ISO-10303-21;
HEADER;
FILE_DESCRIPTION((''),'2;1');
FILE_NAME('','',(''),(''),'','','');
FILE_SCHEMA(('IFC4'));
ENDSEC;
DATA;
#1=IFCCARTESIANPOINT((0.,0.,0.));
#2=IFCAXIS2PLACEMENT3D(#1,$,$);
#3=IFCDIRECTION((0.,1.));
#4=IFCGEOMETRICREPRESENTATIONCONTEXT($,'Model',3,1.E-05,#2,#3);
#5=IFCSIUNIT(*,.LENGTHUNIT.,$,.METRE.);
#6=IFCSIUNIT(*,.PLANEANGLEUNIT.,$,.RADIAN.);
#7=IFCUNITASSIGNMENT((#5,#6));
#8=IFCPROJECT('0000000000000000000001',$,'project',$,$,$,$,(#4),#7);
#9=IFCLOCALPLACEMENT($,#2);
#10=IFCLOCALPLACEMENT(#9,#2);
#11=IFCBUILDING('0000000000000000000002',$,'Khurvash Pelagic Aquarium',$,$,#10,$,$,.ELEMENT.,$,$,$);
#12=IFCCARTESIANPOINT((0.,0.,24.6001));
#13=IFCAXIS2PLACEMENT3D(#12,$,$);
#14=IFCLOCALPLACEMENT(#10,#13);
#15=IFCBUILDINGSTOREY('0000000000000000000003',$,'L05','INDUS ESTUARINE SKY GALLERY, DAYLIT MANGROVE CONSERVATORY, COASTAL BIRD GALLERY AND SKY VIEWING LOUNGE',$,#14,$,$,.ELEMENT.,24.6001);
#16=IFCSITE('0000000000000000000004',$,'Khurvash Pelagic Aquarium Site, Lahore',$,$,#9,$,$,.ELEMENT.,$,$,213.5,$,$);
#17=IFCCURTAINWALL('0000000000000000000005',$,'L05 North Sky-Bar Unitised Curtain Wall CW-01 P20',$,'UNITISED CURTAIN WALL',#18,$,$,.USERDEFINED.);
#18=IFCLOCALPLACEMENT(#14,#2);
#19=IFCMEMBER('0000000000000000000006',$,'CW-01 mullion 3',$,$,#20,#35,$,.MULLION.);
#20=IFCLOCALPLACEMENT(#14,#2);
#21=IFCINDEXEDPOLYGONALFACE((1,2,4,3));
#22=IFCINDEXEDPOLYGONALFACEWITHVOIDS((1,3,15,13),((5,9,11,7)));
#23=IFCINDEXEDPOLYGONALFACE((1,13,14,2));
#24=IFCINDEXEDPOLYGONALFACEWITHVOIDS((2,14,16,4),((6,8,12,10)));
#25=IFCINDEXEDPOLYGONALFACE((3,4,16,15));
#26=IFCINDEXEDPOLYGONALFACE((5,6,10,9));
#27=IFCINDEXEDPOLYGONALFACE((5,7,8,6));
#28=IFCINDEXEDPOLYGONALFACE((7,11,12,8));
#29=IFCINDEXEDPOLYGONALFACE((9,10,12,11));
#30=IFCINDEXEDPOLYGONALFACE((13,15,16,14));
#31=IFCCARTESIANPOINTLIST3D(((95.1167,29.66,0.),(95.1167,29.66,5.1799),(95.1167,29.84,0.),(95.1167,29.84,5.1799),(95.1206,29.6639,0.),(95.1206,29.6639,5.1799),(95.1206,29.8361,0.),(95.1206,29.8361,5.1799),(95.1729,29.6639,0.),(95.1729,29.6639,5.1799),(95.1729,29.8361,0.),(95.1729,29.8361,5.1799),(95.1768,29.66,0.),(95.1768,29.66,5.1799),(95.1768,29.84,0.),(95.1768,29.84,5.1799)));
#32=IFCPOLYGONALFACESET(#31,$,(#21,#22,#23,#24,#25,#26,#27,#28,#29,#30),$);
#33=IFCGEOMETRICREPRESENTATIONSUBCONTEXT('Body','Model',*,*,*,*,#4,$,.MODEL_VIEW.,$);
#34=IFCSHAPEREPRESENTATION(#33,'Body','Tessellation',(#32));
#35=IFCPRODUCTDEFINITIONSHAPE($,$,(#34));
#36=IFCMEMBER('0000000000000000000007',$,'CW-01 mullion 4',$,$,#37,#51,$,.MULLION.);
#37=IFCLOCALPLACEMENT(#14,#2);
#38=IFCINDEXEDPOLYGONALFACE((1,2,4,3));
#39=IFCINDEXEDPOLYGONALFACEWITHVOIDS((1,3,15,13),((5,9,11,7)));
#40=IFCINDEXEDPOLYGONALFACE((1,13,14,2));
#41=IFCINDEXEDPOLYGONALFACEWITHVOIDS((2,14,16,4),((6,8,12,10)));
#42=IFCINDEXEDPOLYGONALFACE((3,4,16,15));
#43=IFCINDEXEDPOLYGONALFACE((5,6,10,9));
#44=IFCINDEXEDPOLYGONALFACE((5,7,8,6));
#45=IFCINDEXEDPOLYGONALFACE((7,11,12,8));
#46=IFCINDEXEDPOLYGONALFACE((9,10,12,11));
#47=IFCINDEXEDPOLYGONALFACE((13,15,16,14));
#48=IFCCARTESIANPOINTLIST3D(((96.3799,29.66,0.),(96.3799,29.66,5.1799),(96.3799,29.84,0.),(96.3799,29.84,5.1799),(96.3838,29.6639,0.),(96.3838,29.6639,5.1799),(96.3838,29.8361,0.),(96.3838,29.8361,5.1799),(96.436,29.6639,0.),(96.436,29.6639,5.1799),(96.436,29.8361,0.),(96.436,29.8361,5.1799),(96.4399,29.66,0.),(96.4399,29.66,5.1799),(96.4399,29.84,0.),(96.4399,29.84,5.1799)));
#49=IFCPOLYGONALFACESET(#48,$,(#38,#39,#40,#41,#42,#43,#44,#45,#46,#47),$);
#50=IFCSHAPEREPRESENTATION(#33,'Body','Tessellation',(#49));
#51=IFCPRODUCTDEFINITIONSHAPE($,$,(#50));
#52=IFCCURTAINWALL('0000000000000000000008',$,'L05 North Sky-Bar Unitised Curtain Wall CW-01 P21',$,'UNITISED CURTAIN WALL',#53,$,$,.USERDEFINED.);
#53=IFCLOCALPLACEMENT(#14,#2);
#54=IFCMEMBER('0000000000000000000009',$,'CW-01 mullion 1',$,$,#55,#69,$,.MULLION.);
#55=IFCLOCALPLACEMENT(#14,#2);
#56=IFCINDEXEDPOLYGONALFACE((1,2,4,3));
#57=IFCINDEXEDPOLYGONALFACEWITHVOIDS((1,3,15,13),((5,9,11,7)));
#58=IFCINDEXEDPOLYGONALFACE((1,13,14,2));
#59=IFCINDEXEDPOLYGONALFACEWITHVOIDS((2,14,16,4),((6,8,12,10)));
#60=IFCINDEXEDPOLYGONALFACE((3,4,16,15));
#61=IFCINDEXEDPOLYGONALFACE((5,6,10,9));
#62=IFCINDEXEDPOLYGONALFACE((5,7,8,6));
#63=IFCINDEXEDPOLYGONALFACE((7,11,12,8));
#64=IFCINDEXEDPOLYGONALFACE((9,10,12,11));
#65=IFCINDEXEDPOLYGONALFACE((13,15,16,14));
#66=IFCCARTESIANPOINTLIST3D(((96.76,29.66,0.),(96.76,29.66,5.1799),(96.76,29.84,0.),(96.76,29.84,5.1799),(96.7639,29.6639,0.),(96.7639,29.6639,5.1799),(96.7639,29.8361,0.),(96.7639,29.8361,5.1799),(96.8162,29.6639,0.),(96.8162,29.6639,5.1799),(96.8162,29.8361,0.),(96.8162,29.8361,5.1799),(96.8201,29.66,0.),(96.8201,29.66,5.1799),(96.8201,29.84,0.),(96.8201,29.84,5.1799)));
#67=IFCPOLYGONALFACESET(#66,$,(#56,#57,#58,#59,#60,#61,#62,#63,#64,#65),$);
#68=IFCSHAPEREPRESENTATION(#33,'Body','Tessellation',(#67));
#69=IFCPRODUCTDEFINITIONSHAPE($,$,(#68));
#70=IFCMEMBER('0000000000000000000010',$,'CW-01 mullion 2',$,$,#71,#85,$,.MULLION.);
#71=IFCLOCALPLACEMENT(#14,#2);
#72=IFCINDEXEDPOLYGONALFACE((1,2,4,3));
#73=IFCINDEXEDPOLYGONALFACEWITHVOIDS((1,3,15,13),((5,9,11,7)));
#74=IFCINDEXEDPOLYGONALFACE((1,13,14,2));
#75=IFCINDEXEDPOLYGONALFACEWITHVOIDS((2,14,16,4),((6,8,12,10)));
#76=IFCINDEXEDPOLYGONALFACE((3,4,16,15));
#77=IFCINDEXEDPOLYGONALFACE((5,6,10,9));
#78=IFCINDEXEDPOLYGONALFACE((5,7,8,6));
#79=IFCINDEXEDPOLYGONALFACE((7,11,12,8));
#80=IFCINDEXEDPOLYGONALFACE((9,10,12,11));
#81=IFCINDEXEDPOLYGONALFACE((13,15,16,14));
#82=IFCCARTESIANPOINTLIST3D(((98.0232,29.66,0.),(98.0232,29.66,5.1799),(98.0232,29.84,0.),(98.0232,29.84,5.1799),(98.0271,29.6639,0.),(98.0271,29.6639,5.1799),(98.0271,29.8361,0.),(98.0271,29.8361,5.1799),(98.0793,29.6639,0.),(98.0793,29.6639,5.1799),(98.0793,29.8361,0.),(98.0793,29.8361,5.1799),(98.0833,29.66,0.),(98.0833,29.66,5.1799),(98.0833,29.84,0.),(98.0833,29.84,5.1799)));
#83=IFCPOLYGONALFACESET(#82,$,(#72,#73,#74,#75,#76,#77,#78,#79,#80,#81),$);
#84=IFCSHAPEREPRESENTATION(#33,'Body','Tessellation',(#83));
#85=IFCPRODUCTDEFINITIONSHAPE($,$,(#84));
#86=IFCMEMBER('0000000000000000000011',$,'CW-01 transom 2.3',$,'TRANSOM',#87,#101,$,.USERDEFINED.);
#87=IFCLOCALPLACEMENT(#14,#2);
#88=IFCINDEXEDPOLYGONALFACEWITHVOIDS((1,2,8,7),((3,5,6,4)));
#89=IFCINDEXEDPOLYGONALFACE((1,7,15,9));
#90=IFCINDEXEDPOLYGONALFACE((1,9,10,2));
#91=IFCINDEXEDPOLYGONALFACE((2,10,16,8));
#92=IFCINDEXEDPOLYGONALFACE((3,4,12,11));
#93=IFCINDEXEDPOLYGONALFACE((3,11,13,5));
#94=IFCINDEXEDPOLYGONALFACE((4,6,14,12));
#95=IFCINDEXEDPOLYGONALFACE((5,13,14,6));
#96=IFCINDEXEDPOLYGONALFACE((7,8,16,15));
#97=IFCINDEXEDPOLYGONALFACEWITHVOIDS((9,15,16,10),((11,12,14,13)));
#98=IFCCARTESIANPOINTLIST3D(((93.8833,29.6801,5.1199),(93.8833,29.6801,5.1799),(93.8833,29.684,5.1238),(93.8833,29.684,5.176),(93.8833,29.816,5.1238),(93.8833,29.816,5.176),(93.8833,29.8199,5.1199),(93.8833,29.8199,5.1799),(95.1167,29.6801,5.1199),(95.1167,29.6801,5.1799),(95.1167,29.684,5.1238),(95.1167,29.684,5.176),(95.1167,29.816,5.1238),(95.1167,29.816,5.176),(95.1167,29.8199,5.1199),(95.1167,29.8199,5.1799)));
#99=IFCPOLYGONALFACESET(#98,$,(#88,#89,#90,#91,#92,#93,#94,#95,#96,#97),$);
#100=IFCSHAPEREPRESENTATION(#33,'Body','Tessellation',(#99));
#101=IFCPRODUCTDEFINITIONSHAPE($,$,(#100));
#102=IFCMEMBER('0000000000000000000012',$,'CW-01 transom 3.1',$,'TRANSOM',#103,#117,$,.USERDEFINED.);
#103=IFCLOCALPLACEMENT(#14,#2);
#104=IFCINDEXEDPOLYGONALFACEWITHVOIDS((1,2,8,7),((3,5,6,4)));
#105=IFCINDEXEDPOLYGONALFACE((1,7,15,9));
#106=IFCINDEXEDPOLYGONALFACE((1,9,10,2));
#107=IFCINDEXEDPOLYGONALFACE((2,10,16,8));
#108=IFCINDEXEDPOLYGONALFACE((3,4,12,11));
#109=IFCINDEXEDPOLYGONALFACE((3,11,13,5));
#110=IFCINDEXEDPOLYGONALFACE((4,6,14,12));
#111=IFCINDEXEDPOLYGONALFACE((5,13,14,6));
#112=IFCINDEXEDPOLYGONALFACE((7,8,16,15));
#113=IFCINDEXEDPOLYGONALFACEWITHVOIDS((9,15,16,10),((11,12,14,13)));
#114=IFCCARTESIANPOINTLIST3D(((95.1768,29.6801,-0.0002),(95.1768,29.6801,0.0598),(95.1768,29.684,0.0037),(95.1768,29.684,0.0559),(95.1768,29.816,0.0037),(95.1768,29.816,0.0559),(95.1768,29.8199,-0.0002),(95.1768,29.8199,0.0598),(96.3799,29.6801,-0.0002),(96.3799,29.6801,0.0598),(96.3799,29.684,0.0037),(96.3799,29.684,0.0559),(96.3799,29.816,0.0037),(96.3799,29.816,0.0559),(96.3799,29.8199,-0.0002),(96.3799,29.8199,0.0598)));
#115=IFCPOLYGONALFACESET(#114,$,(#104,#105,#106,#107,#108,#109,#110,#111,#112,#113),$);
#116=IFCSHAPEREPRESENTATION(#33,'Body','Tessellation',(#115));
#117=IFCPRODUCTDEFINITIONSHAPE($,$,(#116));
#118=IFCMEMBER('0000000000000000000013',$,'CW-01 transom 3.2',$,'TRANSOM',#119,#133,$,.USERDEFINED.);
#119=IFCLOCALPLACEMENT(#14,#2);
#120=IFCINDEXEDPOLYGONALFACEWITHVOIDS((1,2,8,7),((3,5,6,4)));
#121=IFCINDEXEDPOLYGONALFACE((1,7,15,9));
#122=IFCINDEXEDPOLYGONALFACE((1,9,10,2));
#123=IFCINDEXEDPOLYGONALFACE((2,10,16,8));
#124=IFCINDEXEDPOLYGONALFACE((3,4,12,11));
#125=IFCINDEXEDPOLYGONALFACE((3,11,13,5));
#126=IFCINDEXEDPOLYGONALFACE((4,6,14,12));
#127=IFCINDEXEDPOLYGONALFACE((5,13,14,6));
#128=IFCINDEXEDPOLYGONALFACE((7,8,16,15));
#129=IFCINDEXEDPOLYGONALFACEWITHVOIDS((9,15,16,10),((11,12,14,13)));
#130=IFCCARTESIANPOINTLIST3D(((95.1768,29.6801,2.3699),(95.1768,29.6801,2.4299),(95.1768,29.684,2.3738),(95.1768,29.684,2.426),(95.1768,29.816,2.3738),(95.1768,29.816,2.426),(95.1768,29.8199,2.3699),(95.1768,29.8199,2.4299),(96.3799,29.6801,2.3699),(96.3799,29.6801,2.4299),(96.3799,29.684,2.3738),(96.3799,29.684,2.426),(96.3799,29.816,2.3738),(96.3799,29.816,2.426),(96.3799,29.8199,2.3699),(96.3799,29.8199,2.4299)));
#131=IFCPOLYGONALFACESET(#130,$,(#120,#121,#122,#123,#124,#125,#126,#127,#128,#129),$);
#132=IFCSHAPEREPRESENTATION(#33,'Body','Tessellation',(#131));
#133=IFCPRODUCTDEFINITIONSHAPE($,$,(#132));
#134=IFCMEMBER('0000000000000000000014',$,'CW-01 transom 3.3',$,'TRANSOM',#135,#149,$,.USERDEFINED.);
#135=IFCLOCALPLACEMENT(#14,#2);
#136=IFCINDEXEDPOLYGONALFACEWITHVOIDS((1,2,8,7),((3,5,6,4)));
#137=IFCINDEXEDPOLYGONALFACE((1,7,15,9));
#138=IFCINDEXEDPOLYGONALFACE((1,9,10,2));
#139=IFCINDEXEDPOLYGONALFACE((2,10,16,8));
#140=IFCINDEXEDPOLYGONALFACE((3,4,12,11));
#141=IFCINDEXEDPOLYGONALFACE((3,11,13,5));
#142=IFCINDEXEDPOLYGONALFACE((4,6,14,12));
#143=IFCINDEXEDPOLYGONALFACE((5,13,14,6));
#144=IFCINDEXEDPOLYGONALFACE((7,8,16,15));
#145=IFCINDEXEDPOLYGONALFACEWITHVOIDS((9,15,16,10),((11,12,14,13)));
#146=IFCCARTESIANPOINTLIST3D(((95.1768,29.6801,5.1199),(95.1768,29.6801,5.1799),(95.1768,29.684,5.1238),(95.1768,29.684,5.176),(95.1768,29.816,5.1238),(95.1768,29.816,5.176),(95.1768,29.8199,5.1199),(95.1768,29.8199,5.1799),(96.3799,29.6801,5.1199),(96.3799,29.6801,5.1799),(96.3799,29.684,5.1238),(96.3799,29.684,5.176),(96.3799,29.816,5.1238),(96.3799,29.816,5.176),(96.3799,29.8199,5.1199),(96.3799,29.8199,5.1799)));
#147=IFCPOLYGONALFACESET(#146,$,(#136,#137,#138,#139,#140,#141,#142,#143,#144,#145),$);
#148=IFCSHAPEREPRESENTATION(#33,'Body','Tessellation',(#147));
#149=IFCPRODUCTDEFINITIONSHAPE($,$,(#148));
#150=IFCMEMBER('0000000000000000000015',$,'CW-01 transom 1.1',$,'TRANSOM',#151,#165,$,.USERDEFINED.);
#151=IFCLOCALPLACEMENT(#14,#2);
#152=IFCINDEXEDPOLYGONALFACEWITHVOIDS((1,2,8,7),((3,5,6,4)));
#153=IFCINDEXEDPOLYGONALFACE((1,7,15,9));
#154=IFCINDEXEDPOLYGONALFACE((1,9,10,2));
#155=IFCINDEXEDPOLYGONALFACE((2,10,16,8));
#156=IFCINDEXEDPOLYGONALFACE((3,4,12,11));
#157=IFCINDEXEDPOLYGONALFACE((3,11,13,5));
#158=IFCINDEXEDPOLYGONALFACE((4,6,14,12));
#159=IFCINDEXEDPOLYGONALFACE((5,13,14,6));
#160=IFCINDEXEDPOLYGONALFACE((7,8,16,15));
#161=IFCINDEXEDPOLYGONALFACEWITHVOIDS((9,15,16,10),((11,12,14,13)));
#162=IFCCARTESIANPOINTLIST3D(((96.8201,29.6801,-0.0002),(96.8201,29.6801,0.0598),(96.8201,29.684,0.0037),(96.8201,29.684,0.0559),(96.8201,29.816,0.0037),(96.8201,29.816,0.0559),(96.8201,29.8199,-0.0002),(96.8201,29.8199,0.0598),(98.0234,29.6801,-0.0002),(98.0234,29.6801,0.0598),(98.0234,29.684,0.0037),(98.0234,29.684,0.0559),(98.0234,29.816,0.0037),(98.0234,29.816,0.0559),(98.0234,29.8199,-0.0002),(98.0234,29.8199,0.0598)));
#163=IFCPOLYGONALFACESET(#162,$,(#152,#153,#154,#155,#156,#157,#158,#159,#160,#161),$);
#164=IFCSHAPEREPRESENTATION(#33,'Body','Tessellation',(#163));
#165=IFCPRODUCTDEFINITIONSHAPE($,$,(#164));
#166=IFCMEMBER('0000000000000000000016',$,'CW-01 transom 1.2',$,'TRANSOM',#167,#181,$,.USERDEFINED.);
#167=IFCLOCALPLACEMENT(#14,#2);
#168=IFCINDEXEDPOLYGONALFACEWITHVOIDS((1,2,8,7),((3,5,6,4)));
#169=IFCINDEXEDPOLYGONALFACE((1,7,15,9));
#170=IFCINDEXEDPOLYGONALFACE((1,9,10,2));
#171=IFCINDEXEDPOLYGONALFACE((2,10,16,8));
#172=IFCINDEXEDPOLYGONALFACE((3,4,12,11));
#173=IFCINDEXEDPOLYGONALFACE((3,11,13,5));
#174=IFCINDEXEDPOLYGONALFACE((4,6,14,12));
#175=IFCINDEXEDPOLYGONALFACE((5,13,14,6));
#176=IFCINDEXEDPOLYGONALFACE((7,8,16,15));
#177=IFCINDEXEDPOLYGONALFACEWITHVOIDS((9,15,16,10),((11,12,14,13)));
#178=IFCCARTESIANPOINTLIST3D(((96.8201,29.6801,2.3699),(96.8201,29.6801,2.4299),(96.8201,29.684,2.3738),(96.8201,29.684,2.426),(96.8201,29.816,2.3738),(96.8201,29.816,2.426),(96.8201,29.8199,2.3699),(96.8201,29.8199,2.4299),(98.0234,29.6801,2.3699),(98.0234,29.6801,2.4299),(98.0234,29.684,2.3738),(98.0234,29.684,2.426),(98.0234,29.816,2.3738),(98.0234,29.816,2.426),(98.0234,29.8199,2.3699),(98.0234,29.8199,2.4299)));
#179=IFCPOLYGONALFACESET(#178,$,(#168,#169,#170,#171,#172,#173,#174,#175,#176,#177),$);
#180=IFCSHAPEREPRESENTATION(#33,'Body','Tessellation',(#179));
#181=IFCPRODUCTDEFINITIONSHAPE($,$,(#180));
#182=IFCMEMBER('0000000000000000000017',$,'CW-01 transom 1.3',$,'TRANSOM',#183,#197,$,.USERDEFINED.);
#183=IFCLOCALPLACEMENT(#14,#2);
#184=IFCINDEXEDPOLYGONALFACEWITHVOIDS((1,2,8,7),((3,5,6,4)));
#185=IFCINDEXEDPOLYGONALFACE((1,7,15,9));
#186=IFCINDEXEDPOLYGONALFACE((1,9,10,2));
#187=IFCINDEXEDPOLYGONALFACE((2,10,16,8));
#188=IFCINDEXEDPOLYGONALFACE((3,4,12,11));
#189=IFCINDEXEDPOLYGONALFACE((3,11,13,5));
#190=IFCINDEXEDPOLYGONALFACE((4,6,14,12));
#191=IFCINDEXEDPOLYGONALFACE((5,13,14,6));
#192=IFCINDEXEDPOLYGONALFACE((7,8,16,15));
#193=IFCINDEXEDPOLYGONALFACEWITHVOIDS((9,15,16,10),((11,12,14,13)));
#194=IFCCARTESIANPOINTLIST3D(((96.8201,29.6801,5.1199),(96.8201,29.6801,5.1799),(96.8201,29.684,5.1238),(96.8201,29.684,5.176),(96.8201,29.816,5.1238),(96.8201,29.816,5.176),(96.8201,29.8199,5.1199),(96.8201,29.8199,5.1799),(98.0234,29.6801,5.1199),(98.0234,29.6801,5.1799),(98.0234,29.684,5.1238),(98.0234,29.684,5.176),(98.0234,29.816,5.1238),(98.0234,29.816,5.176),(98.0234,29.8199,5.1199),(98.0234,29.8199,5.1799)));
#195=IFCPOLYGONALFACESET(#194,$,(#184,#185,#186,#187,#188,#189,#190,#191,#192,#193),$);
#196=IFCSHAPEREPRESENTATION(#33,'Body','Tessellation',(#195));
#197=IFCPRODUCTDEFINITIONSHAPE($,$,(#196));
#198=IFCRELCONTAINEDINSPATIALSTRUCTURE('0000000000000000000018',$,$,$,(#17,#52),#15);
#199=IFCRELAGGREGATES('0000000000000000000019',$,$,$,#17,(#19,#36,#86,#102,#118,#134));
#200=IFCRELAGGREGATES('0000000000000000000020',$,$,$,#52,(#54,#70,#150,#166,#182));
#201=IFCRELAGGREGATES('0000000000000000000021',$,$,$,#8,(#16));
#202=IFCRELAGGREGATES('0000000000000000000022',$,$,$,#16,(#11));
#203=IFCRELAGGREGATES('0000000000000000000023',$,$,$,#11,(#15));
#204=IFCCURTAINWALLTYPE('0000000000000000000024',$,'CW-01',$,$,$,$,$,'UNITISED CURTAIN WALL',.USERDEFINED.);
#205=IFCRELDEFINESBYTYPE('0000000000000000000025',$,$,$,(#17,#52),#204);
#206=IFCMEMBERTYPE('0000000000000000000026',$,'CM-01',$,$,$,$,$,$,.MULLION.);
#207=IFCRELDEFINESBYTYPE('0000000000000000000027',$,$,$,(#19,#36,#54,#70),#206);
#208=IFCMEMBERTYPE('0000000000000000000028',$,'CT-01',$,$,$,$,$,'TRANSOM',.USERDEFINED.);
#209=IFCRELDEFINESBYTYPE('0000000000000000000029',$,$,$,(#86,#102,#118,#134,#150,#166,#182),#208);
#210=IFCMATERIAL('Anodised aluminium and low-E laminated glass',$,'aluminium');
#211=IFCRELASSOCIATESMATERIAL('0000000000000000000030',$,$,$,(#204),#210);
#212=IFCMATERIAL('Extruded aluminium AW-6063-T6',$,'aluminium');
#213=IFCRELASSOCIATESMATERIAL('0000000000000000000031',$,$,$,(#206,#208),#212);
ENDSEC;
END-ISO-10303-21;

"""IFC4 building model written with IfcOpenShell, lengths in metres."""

from ifc_helpers import new_model, si_unit, direction, frame, origin, origin_2d, place, context, subcontext, project, spatial, hollow_rectangle, extrude, material, material_profile, profile_set, type_object, element, aggregate, save


model = new_model("IFC4")

# Units and contexts
model_context = context("Model", 3, precision=1e-05, world=origin(), true_north=direction((0.0, 1.0)))
body_context = subcontext(model_context, "Body", "Model", "MODEL_VIEW")
ifc_project = project(units=[si_unit("LENGTHUNIT", "METRE"), si_unit("PLANEANGLEUNIT", "RADIAN")], contexts=[model_context])

# Site, building, storey
site_placement = place(None, origin())
site = spatial("IfcSite", under=ifc_project, at=site_placement, Name="Khurvash Pelagic Aquarium Site, Lahore", CompositionType="ELEMENT", RefElevation=213.5)
building_placement = place(site_placement, origin())
building = spatial("IfcBuilding", under=site, at=building_placement, Name="Khurvash Pelagic Aquarium", CompositionType="ELEMENT")
storey_placement = place(building_placement, frame((0.0, 0.0, 24.6001)))
storey = spatial("IfcBuildingStorey", under=building, at=storey_placement, Name="L05", Description="INDUS ESTUARINE SKY GALLERY, DAYLIT MANGROVE CONSERVATORY, COASTAL BIRD GALLERY AND SKY VIEWING LOUNGE", CompositionType="ELEMENT", Elevation=24.6001)

# Curtain walls, members
ifc_material_1 = material(Name="Anodised aluminium and low-E laminated glass", Category="aluminium")
curtain_wall_type = type_object("IfcCurtainWallType", Name="CW-01", ElementType="UNITISED CURTAIN WALL", PredefinedType="USERDEFINED", material=ifc_material_1)
curtain_wall_1_placement = place(storey_placement, origin())
curtain_wall_1 = element("IfcCurtainWall", 1, at=curtain_wall_1_placement, inside=storey, type_object=curtain_wall_type, Name="L05 North Sky-Bar Unitised Curtain Wall CW-01 P20", ObjectType="UNITISED CURTAIN WALL", PredefinedType="USERDEFINED")
ifc_material_2 = material(Name="Extruded aluminium AW-6063-T6", Category="aluminium")
ifc_material_profile_1 = material_profile(ifc_material_2, hollow_rectangle(XDim=0.0601, YDim=0.1799, WallThickness=0.0039, at=origin_2d()), Name="CWM60X180X4")
ifc_profile_set_1 = profile_set([ifc_material_profile_1], Name="Extruded aluminium AW-6063-T6")
member_type_1 = type_object("IfcMemberType", Name="CM-01", PredefinedType="MULLION", material=ifc_profile_set_1)
member_1_placement = place(storey_placement, frame((95.1467, 29.75, 0.0), z_axis=(0.0, 0.0, 1.0), x_axis=(1.0, 0.0, 0.0)))
member_1 = element("IfcMember", 2, at=member_1_placement, type_object=member_type_1, Name="CW-01 mullion 3", PredefinedType="MULLION", context=body_context, shape_type="SweptSolid", body=[
    extrude(hollow_rectangle(XDim=0.0601, YDim=0.1799, WallThickness=0.0039, at=origin_2d()), origin(), (0.0, 0.0, 1.0), 5.1799),
])
member_2_placement = place(storey_placement, frame((96.4099, 29.75, 0.0), z_axis=(0.0, 0.0, 1.0), x_axis=(1.0, 0.0, 0.0)))
member_2 = element("IfcMember", 3, at=member_2_placement, type_object=member_type_1, Name="CW-01 mullion 4", PredefinedType="MULLION", context=body_context, shape_type="SweptSolid", body=[
    extrude(hollow_rectangle(XDim=0.0601, YDim=0.1799, WallThickness=0.0039, at=origin_2d()), origin(), (0.0, 0.0, 1.0), 5.1799),
])
curtain_wall_2_placement = place(storey_placement, origin())
curtain_wall_2 = element("IfcCurtainWall", 4, at=curtain_wall_2_placement, inside=storey, type_object=curtain_wall_type, Name="L05 North Sky-Bar Unitised Curtain Wall CW-01 P21", ObjectType="UNITISED CURTAIN WALL", PredefinedType="USERDEFINED")
member_3_placement = place(storey_placement, frame((96.79, 29.75, 0.0), z_axis=(0.0, 0.0, 1.0), x_axis=(1.0, 0.0, 0.0)))
member_3 = element("IfcMember", 5, at=member_3_placement, type_object=member_type_1, Name="CW-01 mullion 1", PredefinedType="MULLION", context=body_context, shape_type="SweptSolid", body=[
    extrude(hollow_rectangle(XDim=0.0601, YDim=0.1799, WallThickness=0.0039, at=origin_2d()), origin(), (0.0, 0.0, 1.0), 5.1799),
])
member_4_placement = place(storey_placement, frame((98.0532, 29.75, 0.0), z_axis=(0.0, 0.0, 1.0), x_axis=(1.0, 0.0, 0.0)))
member_4 = element("IfcMember", 6, at=member_4_placement, type_object=member_type_1, Name="CW-01 mullion 2", PredefinedType="MULLION", context=body_context, shape_type="SweptSolid", body=[
    extrude(hollow_rectangle(XDim=0.0601, YDim=0.1799, WallThickness=0.0039, at=origin_2d()), origin(), (0.0, 0.0, 1.0), 5.1799),
])

# Members
ifc_material_profile_2 = material_profile(ifc_material_2, hollow_rectangle(XDim=0.1399, YDim=0.0601, WallThickness=0.0039, at=origin_2d()), Name="CWT140X60X4")
ifc_profile_set_2 = profile_set([ifc_material_profile_2], Name="Extruded aluminium AW-6063-T6")
member_type_2 = type_object("IfcMemberType", Name="CT-01", ElementType="TRANSOM", PredefinedType="USERDEFINED", material=ifc_profile_set_2)
member_5_placement = place(storey_placement, frame((93.8833, 29.75, 5.1499), z_axis=(1.0, 0.0, 0.0), x_axis=(0.0, 1.0, 0.0)))
member_5 = element("IfcMember", 7, at=member_5_placement, type_object=member_type_2, Name="CW-01 transom 2.3", ObjectType="TRANSOM", PredefinedType="USERDEFINED", context=body_context, shape_type="SweptSolid", body=[
    extrude(hollow_rectangle(XDim=0.1399, YDim=0.0601, WallThickness=0.0039, at=origin_2d()), origin(), (0.0, 0.0, 1.0), 1.2334),
])
member_6_placement = place(storey_placement, frame((95.1768, 29.75, 0.0298), z_axis=(1.0, 0.0, 0.0), x_axis=(0.0, 1.0, 0.0)))
member_6 = element("IfcMember", 8, at=member_6_placement, type_object=member_type_2, Name="CW-01 transom 3.1", ObjectType="TRANSOM", PredefinedType="USERDEFINED", context=body_context, shape_type="SweptSolid", body=[
    extrude(hollow_rectangle(XDim=0.1399, YDim=0.0601, WallThickness=0.0039, at=origin_2d()), origin(), (0.0, 0.0, 1.0), 1.2031),
])
member_7_placement = place(storey_placement, frame((95.1768, 29.75, 2.3999), z_axis=(1.0, 0.0, 0.0), x_axis=(0.0, 1.0, 0.0)))
member_7 = element("IfcMember", 9, at=member_7_placement, type_object=member_type_2, Name="CW-01 transom 3.2", ObjectType="TRANSOM", PredefinedType="USERDEFINED", context=body_context, shape_type="SweptSolid", body=[
    extrude(hollow_rectangle(XDim=0.1399, YDim=0.0601, WallThickness=0.0039, at=origin_2d()), origin(), (0.0, 0.0, 1.0), 1.2031),
])
member_8_placement = place(storey_placement, frame((95.1768, 29.75, 5.1499), z_axis=(1.0, 0.0, 0.0), x_axis=(0.0, 1.0, 0.0)))
member_8 = element("IfcMember", 10, at=member_8_placement, type_object=member_type_2, Name="CW-01 transom 3.3", ObjectType="TRANSOM", PredefinedType="USERDEFINED", context=body_context, shape_type="SweptSolid", body=[
    extrude(hollow_rectangle(XDim=0.1399, YDim=0.0601, WallThickness=0.0039, at=origin_2d()), origin(), (0.0, 0.0, 1.0), 1.2031),
])
member_9_placement = place(storey_placement, frame((96.8201, 29.75, 0.0298), z_axis=(1.0, 0.0, 0.0), x_axis=(0.0, 1.0, 0.0)))
member_9 = element("IfcMember", 11, at=member_9_placement, type_object=member_type_2, Name="CW-01 transom 1.1", ObjectType="TRANSOM", PredefinedType="USERDEFINED", context=body_context, shape_type="SweptSolid", body=[
    extrude(hollow_rectangle(XDim=0.1399, YDim=0.0601, WallThickness=0.0039, at=origin_2d()), origin(), (0.0, 0.0, 1.0), 1.2034),
])
member_10_placement = place(storey_placement, frame((96.8201, 29.75, 2.3999), z_axis=(1.0, 0.0, 0.0), x_axis=(0.0, 1.0, 0.0)))
member_10 = element("IfcMember", 12, at=member_10_placement, type_object=member_type_2, Name="CW-01 transom 1.2", ObjectType="TRANSOM", PredefinedType="USERDEFINED", context=body_context, shape_type="SweptSolid", body=[
    extrude(hollow_rectangle(XDim=0.1399, YDim=0.0601, WallThickness=0.0039, at=origin_2d()), origin(), (0.0, 0.0, 1.0), 1.2034),
])
member_11_placement = place(storey_placement, frame((96.8201, 29.75, 5.1499), z_axis=(1.0, 0.0, 0.0), x_axis=(0.0, 1.0, 0.0)))
member_11 = element("IfcMember", 13, at=member_11_placement, type_object=member_type_2, Name="CW-01 transom 1.3", ObjectType="TRANSOM", PredefinedType="USERDEFINED", context=body_context, shape_type="SweptSolid", body=[
    extrude(hollow_rectangle(XDim=0.1399, YDim=0.0601, WallThickness=0.0039, at=origin_2d()), origin(), (0.0, 0.0, 1.0), 1.2034),
])

aggregate(curtain_wall_1, [member_1, member_2, member_5, member_6, member_7, member_8])
aggregate(curtain_wall_2, [member_3, member_4, member_9, member_10, member_11])

save(model, "model.ifc")
